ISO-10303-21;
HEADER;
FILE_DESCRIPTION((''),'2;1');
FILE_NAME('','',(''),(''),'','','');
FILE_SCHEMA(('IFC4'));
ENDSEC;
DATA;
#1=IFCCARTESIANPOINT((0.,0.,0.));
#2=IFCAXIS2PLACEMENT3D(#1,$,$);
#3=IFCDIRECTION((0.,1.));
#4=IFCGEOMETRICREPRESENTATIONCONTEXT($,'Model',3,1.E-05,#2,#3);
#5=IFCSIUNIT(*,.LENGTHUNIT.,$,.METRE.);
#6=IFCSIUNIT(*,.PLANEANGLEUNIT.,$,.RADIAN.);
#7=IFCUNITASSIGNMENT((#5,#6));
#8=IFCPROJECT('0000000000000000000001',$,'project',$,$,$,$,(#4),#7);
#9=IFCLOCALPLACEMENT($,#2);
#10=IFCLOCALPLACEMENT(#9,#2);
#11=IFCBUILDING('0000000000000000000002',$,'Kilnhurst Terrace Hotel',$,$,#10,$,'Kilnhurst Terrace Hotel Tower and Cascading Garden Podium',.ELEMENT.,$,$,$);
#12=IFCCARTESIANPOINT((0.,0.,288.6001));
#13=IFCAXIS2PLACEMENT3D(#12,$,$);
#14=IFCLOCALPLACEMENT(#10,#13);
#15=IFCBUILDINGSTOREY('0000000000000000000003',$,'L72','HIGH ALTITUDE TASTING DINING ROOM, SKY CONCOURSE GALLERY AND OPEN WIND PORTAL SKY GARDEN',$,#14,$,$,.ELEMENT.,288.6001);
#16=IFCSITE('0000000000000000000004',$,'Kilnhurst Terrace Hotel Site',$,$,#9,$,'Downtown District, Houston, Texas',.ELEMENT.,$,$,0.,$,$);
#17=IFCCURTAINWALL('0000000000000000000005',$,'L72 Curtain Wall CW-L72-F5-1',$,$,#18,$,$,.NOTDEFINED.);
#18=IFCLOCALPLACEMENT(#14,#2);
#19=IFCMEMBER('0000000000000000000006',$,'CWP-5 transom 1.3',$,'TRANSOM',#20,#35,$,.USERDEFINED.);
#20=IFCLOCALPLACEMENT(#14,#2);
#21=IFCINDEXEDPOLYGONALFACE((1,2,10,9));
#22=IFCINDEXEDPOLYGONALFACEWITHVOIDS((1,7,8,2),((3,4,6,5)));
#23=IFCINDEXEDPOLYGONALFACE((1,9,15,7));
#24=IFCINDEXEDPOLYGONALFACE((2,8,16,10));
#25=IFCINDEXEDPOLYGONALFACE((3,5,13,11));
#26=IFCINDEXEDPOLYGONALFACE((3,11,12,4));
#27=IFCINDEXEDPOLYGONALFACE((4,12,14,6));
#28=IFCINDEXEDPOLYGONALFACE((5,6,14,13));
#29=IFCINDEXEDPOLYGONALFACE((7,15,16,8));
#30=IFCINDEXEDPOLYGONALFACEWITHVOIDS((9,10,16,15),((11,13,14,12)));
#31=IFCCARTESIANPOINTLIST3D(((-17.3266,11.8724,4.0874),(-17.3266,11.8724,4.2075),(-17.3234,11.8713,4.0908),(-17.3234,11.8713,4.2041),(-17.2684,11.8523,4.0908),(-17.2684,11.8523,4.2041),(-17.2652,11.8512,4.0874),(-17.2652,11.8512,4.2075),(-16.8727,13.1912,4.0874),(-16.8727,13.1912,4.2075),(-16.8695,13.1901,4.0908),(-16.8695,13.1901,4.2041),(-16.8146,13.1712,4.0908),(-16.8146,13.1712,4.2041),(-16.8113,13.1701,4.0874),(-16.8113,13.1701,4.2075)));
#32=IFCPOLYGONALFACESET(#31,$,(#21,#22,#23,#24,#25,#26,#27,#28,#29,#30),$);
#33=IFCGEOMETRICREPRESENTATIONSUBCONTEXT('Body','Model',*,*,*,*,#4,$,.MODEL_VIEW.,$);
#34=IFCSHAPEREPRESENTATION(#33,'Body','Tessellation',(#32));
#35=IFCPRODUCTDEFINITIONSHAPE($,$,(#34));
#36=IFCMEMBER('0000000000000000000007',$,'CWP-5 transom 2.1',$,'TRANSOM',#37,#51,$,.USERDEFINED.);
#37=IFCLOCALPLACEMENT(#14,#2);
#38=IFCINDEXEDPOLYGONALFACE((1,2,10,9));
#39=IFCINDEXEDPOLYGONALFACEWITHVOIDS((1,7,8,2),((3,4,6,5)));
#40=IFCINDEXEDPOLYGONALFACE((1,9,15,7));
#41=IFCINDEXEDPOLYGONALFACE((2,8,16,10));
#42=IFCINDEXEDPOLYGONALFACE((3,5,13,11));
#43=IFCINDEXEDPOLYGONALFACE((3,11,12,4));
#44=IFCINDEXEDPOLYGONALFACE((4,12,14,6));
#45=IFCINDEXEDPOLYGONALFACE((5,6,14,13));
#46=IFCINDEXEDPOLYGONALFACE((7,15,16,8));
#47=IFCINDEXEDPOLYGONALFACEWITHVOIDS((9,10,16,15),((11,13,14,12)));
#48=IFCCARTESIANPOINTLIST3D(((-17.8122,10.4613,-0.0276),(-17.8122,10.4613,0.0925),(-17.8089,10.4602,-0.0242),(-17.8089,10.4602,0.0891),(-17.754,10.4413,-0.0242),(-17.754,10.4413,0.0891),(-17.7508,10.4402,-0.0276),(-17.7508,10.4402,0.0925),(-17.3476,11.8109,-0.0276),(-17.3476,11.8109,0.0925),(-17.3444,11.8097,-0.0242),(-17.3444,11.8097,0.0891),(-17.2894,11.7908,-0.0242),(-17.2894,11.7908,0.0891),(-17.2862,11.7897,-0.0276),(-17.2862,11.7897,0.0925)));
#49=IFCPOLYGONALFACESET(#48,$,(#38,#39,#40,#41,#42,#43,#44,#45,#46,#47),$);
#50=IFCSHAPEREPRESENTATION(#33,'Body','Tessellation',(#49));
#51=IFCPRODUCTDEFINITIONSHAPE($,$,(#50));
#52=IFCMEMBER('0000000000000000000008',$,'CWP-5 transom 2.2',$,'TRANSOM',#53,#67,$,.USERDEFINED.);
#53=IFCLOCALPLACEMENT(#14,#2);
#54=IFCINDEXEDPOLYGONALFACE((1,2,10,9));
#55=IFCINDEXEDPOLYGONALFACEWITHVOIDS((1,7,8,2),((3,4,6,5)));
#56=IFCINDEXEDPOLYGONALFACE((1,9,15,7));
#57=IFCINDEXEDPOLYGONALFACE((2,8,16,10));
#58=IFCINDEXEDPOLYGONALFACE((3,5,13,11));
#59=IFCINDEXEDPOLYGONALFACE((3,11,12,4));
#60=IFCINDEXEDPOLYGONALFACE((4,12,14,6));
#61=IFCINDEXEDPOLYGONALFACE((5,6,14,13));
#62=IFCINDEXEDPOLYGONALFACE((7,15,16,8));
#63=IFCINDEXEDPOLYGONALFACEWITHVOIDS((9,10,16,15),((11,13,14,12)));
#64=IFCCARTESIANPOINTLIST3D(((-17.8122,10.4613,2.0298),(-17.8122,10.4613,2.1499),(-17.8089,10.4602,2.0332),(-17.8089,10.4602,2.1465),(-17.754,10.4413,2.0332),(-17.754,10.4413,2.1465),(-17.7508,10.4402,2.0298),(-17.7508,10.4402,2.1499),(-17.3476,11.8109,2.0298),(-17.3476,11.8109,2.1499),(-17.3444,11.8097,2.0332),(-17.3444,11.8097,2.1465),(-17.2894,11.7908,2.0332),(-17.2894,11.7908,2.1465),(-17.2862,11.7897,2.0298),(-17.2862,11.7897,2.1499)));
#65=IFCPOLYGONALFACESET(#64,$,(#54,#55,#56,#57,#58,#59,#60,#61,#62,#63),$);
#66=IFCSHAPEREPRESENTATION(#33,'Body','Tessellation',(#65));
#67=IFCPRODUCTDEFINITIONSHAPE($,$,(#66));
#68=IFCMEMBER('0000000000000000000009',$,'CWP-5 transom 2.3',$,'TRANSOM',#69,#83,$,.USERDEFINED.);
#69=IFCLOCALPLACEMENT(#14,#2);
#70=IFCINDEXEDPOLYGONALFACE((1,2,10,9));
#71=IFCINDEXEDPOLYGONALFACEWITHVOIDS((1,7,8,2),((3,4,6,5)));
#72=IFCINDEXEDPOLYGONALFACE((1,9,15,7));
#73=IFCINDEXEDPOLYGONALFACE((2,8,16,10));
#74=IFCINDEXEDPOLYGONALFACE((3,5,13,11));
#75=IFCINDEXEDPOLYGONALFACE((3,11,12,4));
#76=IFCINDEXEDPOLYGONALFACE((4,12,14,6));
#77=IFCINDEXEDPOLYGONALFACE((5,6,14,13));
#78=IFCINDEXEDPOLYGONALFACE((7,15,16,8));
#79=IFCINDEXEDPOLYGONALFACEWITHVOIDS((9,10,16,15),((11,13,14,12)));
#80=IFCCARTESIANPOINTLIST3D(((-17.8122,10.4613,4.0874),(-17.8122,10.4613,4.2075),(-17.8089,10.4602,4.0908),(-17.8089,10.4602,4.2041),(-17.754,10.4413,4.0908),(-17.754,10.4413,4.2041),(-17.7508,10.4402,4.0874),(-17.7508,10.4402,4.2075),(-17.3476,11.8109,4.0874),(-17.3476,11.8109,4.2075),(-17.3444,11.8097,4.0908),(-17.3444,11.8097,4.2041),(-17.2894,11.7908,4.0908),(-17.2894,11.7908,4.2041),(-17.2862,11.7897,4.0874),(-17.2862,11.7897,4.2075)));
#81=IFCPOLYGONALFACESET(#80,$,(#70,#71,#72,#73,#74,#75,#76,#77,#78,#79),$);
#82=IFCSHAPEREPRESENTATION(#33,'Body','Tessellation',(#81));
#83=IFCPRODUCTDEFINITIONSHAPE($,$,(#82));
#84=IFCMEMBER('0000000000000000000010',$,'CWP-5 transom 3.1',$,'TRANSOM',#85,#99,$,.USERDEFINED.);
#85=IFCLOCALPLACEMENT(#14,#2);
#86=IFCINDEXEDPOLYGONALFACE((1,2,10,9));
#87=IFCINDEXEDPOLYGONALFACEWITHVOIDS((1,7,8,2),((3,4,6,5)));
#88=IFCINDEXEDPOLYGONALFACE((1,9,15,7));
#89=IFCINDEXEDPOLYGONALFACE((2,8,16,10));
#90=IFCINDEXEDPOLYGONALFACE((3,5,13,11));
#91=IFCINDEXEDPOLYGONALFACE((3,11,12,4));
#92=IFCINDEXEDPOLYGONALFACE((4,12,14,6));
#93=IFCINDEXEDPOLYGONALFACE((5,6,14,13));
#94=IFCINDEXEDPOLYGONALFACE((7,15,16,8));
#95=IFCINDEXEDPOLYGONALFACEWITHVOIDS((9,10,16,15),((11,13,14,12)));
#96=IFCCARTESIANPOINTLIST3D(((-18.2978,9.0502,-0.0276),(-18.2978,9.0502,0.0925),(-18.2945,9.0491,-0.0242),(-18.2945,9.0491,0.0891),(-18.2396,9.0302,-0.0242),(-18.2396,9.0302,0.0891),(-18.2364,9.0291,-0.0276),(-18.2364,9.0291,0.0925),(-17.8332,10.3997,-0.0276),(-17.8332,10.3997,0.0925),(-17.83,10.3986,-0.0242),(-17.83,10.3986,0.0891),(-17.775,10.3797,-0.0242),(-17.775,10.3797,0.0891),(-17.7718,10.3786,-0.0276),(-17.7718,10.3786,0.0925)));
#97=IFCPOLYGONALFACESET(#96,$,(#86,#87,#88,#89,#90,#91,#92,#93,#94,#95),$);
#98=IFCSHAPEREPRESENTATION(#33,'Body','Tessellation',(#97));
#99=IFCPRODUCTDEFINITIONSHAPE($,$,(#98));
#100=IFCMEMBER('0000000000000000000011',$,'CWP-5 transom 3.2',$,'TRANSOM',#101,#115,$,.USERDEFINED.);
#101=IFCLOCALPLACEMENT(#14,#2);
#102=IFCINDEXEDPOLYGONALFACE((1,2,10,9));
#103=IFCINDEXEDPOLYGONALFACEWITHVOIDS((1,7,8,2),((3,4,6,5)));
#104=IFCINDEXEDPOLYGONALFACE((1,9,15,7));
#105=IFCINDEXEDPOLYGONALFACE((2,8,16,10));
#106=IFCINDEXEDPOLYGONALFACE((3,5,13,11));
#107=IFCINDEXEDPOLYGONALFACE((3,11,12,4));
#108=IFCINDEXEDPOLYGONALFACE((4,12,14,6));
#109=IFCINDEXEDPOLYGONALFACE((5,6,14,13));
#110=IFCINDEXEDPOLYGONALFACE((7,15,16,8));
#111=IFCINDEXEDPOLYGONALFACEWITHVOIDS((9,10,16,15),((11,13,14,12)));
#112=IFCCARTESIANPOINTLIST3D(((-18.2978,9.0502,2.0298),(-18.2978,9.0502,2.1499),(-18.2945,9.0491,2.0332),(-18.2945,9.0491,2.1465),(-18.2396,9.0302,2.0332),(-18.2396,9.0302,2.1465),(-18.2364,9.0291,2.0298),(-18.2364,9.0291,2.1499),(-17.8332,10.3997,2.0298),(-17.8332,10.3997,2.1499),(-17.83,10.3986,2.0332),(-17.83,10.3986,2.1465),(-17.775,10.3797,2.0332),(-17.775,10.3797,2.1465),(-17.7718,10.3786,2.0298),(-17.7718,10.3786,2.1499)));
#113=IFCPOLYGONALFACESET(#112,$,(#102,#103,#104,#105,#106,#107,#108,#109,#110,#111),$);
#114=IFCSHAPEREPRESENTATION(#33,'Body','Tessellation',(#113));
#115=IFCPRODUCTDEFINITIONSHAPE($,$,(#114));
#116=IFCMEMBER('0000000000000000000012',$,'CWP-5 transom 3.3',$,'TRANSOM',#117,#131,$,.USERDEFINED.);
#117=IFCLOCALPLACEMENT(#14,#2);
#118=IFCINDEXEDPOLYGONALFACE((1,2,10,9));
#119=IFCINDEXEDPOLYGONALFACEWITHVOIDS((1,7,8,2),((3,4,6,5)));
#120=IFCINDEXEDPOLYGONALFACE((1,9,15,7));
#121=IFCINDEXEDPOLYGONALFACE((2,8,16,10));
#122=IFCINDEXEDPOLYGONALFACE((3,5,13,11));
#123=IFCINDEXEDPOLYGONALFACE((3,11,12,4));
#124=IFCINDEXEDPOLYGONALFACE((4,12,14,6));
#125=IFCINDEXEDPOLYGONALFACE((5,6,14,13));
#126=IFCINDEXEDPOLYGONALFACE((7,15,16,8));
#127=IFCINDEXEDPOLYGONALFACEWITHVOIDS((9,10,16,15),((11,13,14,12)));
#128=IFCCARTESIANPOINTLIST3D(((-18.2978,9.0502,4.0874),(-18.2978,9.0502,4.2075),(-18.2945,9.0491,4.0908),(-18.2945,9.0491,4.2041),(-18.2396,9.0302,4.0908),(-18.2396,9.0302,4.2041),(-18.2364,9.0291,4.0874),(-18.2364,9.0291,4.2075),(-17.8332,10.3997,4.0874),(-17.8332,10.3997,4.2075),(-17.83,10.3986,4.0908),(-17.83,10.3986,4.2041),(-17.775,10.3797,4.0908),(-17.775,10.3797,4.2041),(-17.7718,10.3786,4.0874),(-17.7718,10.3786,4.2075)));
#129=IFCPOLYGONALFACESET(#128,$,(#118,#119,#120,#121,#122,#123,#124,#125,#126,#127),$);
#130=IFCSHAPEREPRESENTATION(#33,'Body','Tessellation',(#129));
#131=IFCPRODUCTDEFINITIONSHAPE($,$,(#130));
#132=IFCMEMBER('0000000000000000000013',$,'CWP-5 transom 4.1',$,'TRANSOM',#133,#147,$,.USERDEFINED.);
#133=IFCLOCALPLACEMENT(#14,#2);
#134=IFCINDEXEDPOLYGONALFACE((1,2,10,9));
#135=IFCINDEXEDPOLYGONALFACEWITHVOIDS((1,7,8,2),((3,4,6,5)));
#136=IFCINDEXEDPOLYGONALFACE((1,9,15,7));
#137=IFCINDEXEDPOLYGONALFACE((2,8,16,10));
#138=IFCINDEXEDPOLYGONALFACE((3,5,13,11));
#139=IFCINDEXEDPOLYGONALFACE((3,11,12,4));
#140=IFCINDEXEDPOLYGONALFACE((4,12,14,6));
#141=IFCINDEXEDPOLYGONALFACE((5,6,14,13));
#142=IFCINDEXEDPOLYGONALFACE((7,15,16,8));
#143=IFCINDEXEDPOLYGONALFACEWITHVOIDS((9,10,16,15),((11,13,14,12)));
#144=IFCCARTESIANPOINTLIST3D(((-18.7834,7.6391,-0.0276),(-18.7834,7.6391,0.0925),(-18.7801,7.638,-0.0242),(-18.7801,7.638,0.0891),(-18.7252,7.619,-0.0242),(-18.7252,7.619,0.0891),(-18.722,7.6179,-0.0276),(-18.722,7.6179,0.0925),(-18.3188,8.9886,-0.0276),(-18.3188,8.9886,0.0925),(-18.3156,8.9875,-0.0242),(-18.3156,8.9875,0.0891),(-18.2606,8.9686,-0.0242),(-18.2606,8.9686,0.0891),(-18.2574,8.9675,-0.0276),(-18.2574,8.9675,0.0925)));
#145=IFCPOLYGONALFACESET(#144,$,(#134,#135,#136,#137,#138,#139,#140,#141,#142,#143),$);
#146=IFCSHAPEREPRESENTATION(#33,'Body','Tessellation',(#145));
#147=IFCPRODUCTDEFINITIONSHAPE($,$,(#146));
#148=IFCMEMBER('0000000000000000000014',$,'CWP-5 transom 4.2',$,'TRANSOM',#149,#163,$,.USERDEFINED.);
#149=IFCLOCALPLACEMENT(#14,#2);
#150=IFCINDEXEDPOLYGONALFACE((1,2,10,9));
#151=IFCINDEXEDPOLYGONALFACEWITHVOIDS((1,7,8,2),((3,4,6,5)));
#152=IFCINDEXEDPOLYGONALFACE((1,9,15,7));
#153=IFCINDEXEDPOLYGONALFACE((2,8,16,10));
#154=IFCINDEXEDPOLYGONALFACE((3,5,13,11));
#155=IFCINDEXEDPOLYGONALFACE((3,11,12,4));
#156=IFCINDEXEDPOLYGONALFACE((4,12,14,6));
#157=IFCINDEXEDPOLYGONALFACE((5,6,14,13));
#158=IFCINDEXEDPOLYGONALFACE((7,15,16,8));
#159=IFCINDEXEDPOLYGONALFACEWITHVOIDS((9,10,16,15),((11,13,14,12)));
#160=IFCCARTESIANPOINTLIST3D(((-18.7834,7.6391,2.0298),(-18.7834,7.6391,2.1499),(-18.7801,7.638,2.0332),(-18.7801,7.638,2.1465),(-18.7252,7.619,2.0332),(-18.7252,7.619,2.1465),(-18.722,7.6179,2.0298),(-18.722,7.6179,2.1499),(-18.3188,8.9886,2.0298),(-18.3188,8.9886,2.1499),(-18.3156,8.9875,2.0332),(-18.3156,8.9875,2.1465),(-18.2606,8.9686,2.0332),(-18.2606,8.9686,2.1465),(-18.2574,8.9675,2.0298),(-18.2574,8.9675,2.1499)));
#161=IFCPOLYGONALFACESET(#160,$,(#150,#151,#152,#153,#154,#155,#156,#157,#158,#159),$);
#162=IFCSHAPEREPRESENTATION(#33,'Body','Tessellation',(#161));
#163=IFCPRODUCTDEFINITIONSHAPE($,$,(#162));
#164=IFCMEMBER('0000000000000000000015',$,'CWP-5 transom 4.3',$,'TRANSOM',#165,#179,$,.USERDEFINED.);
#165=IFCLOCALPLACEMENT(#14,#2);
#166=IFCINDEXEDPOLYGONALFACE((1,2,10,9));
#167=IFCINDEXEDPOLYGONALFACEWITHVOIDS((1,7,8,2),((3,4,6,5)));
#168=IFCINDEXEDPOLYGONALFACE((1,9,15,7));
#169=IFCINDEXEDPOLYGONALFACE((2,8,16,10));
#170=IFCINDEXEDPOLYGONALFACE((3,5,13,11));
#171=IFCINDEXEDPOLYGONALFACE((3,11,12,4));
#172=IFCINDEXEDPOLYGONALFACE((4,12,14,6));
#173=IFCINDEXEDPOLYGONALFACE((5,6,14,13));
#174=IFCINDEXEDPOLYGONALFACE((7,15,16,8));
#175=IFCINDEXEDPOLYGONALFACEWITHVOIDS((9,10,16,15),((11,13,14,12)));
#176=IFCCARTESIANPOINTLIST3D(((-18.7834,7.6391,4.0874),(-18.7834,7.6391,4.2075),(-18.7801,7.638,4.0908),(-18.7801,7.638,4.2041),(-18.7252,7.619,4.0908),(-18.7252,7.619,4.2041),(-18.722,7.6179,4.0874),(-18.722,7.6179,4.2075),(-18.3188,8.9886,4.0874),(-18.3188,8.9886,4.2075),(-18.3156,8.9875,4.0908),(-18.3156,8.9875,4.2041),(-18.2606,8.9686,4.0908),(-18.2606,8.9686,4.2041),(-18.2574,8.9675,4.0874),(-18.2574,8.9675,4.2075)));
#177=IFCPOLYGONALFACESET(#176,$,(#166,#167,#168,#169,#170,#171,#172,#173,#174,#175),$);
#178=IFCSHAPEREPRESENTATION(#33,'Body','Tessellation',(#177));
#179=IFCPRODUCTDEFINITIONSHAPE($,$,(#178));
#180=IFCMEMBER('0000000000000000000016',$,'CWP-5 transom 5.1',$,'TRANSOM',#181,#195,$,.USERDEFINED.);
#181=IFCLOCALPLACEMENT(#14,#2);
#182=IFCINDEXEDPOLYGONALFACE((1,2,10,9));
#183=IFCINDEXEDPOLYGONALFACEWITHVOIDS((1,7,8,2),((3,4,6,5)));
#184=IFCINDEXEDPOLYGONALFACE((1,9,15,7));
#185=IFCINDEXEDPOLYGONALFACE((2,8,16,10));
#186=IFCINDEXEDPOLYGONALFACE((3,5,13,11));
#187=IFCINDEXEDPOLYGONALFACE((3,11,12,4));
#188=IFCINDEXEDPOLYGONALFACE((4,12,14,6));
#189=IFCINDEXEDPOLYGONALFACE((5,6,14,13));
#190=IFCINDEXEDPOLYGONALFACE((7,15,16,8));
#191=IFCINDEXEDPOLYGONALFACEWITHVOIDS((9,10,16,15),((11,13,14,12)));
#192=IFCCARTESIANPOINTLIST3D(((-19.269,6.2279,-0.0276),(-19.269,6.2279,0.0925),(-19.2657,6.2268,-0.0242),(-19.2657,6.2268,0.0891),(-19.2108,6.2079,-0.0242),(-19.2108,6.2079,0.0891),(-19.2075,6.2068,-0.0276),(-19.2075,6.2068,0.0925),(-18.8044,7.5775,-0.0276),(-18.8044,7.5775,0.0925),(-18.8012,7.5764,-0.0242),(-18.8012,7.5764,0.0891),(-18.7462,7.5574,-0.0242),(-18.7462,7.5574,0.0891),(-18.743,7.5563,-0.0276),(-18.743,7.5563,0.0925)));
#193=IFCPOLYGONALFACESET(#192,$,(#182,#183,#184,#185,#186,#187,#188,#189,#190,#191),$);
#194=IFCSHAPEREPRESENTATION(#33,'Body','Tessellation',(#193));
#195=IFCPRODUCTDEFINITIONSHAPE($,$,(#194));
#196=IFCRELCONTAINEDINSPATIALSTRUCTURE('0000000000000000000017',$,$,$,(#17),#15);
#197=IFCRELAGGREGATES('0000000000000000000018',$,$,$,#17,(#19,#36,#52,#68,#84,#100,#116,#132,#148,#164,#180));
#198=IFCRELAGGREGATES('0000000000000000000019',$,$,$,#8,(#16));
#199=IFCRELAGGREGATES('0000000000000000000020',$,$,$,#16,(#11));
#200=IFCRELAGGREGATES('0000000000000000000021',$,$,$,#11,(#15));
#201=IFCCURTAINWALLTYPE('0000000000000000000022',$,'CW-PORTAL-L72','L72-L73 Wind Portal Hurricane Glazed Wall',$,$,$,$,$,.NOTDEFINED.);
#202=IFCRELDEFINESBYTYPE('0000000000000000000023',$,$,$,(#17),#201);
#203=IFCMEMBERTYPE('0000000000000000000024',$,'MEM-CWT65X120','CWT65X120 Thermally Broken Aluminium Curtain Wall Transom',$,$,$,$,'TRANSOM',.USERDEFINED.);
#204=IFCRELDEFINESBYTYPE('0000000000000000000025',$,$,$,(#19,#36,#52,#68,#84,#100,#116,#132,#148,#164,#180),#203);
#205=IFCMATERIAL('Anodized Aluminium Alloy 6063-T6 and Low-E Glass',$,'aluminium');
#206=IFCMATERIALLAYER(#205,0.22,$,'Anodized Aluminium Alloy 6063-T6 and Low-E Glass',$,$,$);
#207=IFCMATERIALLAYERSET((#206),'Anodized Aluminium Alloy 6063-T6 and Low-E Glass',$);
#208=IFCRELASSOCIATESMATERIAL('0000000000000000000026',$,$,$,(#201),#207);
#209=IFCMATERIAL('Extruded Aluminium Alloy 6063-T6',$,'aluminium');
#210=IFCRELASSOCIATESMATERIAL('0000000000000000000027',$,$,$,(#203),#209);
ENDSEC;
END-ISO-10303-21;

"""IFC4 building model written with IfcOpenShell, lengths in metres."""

from ifc_helpers import new_model, si_unit, direction, frame, origin, origin_2d, place, context, subcontext, project, spatial, hollow_rectangle, extrude, material, layer, layer_set, material_profile, profile_set, type_object, element, aggregate, save


model = new_model("IFC4")

# Units and contexts
model_context = context("Model", 3, precision=1e-05, world=origin(), true_north=direction((0.0, 1.0)))
body_context = subcontext(model_context, "Body", "Model", "MODEL_VIEW")
ifc_project = project(units=[si_unit("LENGTHUNIT", "METRE"), si_unit("PLANEANGLEUNIT", "RADIAN")], contexts=[model_context])

# Site, building, storey
site_placement = place(None, origin())
site = spatial("IfcSite", under=ifc_project, at=site_placement, Name="Kilnhurst Terrace Hotel Site", LongName="Downtown District, Houston, Texas", CompositionType="ELEMENT", RefElevation=0.0)
building_placement = place(site_placement, origin())
building = spatial("IfcBuilding", under=site, at=building_placement, Name="Kilnhurst Terrace Hotel", LongName="Kilnhurst Terrace Hotel Tower and Cascading Garden Podium", CompositionType="ELEMENT")
storey_placement = place(building_placement, frame((0.0, 0.0, 288.6001)))
storey = spatial("IfcBuildingStorey", under=building, at=storey_placement, Name="L72", Description="HIGH ALTITUDE TASTING DINING ROOM, SKY CONCOURSE GALLERY AND OPEN WIND PORTAL SKY GARDEN", CompositionType="ELEMENT", Elevation=288.6001)

# Curtain wall, members
ifc_material_1 = material(Name="Anodized Aluminium Alloy 6063-T6 and Low-E Glass", Category="aluminium")
ifc_layer_1 = layer(ifc_material_1, 0.22, Name="Anodized Aluminium Alloy 6063-T6 and Low-E Glass")
ifc_layer_set_1 = layer_set([ifc_layer_1], Name="Anodized Aluminium Alloy 6063-T6 and Low-E Glass")
curtain_wall_type = type_object("IfcCurtainWallType", Name="CW-PORTAL-L72", Description="L72-L73 Wind Portal Hurricane Glazed Wall", PredefinedType="NOTDEFINED", material=ifc_layer_set_1)
curtain_wall_placement = place(storey_placement, origin())
curtain_wall = element("IfcCurtainWall", 1, at=curtain_wall_placement, inside=storey, type_object=curtain_wall_type, Name="L72 Curtain Wall CW-L72-F5-1", PredefinedType="NOTDEFINED")
ifc_material_2 = material(Name="Extruded Aluminium Alloy 6063-T6", Category="aluminium")
ifc_material_profile_1 = material_profile(ifc_material_2, hollow_rectangle(XDim=0.0649, YDim=0.1201, WallThickness=0.0034, at=origin_2d()), Name="CWT65X120")
ifc_profile_set_1 = profile_set([ifc_material_profile_1], Name="Extruded Aluminium Alloy 6063-T6")
member_type_1 = type_object("IfcMemberType", Name="MEM-CWT65X120", Description="CWT65X120 Thermally Broken Aluminium Curtain Wall Transom", ElementType="TRANSOM", PredefinedType="USERDEFINED", material=ifc_profile_set_1)
member_1_placement = place(storey_placement, frame((-16.842, 13.1807, 4.1475), z_axis=(-0.325403, -0.945576, 0.0), x_axis=(0.945576, -0.325403, 0.0)))
member_1 = element("IfcMember", 2, at=member_1_placement, type_object=member_type_1, Name="CWP-5 transom 1.3", ObjectType="TRANSOM", PredefinedType="USERDEFINED", context=body_context, shape_type="SweptSolid", body=[
    extrude(hollow_rectangle(XDim=0.0649, YDim=0.1201, WallThickness=0.0034, at=origin_2d()), origin(), (0.0, 0.0, 1.0), 1.3948),
])
member_2_placement = place(storey_placement, frame((-17.3169, 11.8003, 0.0325), z_axis=(-0.3255, -0.945542, 0.0), x_axis=(0.945542, -0.3255, 0.0)))
member_2 = element("IfcMember", 3, at=member_2_placement, type_object=member_type_1, Name="CWP-5 transom 2.1", ObjectType="TRANSOM", PredefinedType="USERDEFINED", context=body_context, shape_type="SweptSolid", body=[
    extrude(hollow_rectangle(XDim=0.0649, YDim=0.1201, WallThickness=0.0034, at=origin_2d()), origin(), (0.0, 0.0, 1.0), 1.4272),
])
member_3_placement = place(storey_placement, frame((-17.3169, 11.8003, 2.0898), z_axis=(-0.3255, -0.945542, 0.0), x_axis=(0.945542, -0.3255, 0.0)))
member_3 = element("IfcMember", 4, at=member_3_placement, type_object=member_type_1, Name="CWP-5 transom 2.2", ObjectType="TRANSOM", PredefinedType="USERDEFINED", context=body_context, shape_type="SweptSolid", body=[
    extrude(hollow_rectangle(XDim=0.0649, YDim=0.1201, WallThickness=0.0034, at=origin_2d()), origin(), (0.0, 0.0, 1.0), 1.4272),
])
member_4_placement = place(storey_placement, frame((-17.3169, 11.8003, 4.1475), z_axis=(-0.3255, -0.945542, 0.0), x_axis=(0.945542, -0.3255, 0.0)))
member_4 = element("IfcMember", 5, at=member_4_placement, type_object=member_type_1, Name="CWP-5 transom 2.3", ObjectType="TRANSOM", PredefinedType="USERDEFINED", context=body_context, shape_type="SweptSolid", body=[
    extrude(hollow_rectangle(XDim=0.0649, YDim=0.1201, WallThickness=0.0034, at=origin_2d()), origin(), (0.0, 0.0, 1.0), 1.4272),
])
member_5_placement = place(storey_placement, frame((-17.8025, 10.3892, 0.0325), z_axis=(-0.3255, -0.945542, 0.0), x_axis=(0.945542, -0.3255, 0.0)))
member_5 = element("IfcMember", 6, at=member_5_placement, type_object=member_type_1, Name="CWP-5 transom 3.1", ObjectType="TRANSOM", PredefinedType="USERDEFINED", context=body_context, shape_type="SweptSolid", body=[
    extrude(hollow_rectangle(XDim=0.0649, YDim=0.1201, WallThickness=0.0034, at=origin_2d()), origin(), (0.0, 0.0, 1.0), 1.4272),
])
member_6_placement = place(storey_placement, frame((-17.8025, 10.3892, 2.0898), z_axis=(-0.3255, -0.945542, 0.0), x_axis=(0.945542, -0.3255, 0.0)))
member_6 = element("IfcMember", 7, at=member_6_placement, type_object=member_type_1, Name="CWP-5 transom 3.2", ObjectType="TRANSOM", PredefinedType="USERDEFINED", context=body_context, shape_type="SweptSolid", body=[
    extrude(hollow_rectangle(XDim=0.0649, YDim=0.1201, WallThickness=0.0034, at=origin_2d()), origin(), (0.0, 0.0, 1.0), 1.4272),
])
member_7_placement = place(storey_placement, frame((-17.8025, 10.3892, 4.1475), z_axis=(-0.3255, -0.945542, 0.0), x_axis=(0.945542, -0.3255, 0.0)))
member_7 = element("IfcMember", 8, at=member_7_placement, type_object=member_type_1, Name="CWP-5 transom 3.3", ObjectType="TRANSOM", PredefinedType="USERDEFINED", context=body_context, shape_type="SweptSolid", body=[
    extrude(hollow_rectangle(XDim=0.0649, YDim=0.1201, WallThickness=0.0034, at=origin_2d()), origin(), (0.0, 0.0, 1.0), 1.4272),
])
member_8_placement = place(storey_placement, frame((-18.2881, 8.978, 0.0325), z_axis=(-0.3255, -0.945542, 0.0), x_axis=(0.945542, -0.3255, 0.0)))
member_8 = element("IfcMember", 9, at=member_8_placement, type_object=member_type_1, Name="CWP-5 transom 4.1", ObjectType="TRANSOM", PredefinedType="USERDEFINED", context=body_context, shape_type="SweptSolid", body=[
    extrude(hollow_rectangle(XDim=0.0649, YDim=0.1201, WallThickness=0.0034, at=origin_2d()), origin(), (0.0, 0.0, 1.0), 1.4272),
])
member_9_placement = place(storey_placement, frame((-18.2881, 8.978, 2.0898), z_axis=(-0.3255, -0.945542, 0.0), x_axis=(0.945542, -0.3255, 0.0)))
member_9 = element("IfcMember", 10, at=member_9_placement, type_object=member_type_1, Name="CWP-5 transom 4.2", ObjectType="TRANSOM", PredefinedType="USERDEFINED", context=body_context, shape_type="SweptSolid", body=[
    extrude(hollow_rectangle(XDim=0.0649, YDim=0.1201, WallThickness=0.0034, at=origin_2d()), origin(), (0.0, 0.0, 1.0), 1.4272),
])
member_10_placement = place(storey_placement, frame((-18.2881, 8.978, 4.1475), z_axis=(-0.3255, -0.945542, 0.0), x_axis=(0.945542, -0.3255, 0.0)))
member_10 = element("IfcMember", 11, at=member_10_placement, type_object=member_type_1, Name="CWP-5 transom 4.3", ObjectType="TRANSOM", PredefinedType="USERDEFINED", context=body_context, shape_type="SweptSolid", body=[
    extrude(hollow_rectangle(XDim=0.0649, YDim=0.1201, WallThickness=0.0034, at=origin_2d()), origin(), (0.0, 0.0, 1.0), 1.4272),
])
member_11_placement = place(storey_placement, frame((-18.7737, 7.5669, 0.0325), z_axis=(-0.3255, -0.945542, 0.0), x_axis=(0.945542, -0.3255, 0.0)))
member_11 = element("IfcMember", 12, at=member_11_placement, type_object=member_type_1, Name="CWP-5 transom 5.1", ObjectType="TRANSOM", PredefinedType="USERDEFINED", context=body_context, shape_type="SweptSolid", body=[
    extrude(hollow_rectangle(XDim=0.0649, YDim=0.1201, WallThickness=0.0034, at=origin_2d()), origin(), (0.0, 0.0, 1.0), 1.4272),
])
aggregate(curtain_wall, [member_1, member_2, member_3, member_4, member_5, member_6, member_7, member_8, member_9, member_10, member_11])

save(model, "model.ifc")
